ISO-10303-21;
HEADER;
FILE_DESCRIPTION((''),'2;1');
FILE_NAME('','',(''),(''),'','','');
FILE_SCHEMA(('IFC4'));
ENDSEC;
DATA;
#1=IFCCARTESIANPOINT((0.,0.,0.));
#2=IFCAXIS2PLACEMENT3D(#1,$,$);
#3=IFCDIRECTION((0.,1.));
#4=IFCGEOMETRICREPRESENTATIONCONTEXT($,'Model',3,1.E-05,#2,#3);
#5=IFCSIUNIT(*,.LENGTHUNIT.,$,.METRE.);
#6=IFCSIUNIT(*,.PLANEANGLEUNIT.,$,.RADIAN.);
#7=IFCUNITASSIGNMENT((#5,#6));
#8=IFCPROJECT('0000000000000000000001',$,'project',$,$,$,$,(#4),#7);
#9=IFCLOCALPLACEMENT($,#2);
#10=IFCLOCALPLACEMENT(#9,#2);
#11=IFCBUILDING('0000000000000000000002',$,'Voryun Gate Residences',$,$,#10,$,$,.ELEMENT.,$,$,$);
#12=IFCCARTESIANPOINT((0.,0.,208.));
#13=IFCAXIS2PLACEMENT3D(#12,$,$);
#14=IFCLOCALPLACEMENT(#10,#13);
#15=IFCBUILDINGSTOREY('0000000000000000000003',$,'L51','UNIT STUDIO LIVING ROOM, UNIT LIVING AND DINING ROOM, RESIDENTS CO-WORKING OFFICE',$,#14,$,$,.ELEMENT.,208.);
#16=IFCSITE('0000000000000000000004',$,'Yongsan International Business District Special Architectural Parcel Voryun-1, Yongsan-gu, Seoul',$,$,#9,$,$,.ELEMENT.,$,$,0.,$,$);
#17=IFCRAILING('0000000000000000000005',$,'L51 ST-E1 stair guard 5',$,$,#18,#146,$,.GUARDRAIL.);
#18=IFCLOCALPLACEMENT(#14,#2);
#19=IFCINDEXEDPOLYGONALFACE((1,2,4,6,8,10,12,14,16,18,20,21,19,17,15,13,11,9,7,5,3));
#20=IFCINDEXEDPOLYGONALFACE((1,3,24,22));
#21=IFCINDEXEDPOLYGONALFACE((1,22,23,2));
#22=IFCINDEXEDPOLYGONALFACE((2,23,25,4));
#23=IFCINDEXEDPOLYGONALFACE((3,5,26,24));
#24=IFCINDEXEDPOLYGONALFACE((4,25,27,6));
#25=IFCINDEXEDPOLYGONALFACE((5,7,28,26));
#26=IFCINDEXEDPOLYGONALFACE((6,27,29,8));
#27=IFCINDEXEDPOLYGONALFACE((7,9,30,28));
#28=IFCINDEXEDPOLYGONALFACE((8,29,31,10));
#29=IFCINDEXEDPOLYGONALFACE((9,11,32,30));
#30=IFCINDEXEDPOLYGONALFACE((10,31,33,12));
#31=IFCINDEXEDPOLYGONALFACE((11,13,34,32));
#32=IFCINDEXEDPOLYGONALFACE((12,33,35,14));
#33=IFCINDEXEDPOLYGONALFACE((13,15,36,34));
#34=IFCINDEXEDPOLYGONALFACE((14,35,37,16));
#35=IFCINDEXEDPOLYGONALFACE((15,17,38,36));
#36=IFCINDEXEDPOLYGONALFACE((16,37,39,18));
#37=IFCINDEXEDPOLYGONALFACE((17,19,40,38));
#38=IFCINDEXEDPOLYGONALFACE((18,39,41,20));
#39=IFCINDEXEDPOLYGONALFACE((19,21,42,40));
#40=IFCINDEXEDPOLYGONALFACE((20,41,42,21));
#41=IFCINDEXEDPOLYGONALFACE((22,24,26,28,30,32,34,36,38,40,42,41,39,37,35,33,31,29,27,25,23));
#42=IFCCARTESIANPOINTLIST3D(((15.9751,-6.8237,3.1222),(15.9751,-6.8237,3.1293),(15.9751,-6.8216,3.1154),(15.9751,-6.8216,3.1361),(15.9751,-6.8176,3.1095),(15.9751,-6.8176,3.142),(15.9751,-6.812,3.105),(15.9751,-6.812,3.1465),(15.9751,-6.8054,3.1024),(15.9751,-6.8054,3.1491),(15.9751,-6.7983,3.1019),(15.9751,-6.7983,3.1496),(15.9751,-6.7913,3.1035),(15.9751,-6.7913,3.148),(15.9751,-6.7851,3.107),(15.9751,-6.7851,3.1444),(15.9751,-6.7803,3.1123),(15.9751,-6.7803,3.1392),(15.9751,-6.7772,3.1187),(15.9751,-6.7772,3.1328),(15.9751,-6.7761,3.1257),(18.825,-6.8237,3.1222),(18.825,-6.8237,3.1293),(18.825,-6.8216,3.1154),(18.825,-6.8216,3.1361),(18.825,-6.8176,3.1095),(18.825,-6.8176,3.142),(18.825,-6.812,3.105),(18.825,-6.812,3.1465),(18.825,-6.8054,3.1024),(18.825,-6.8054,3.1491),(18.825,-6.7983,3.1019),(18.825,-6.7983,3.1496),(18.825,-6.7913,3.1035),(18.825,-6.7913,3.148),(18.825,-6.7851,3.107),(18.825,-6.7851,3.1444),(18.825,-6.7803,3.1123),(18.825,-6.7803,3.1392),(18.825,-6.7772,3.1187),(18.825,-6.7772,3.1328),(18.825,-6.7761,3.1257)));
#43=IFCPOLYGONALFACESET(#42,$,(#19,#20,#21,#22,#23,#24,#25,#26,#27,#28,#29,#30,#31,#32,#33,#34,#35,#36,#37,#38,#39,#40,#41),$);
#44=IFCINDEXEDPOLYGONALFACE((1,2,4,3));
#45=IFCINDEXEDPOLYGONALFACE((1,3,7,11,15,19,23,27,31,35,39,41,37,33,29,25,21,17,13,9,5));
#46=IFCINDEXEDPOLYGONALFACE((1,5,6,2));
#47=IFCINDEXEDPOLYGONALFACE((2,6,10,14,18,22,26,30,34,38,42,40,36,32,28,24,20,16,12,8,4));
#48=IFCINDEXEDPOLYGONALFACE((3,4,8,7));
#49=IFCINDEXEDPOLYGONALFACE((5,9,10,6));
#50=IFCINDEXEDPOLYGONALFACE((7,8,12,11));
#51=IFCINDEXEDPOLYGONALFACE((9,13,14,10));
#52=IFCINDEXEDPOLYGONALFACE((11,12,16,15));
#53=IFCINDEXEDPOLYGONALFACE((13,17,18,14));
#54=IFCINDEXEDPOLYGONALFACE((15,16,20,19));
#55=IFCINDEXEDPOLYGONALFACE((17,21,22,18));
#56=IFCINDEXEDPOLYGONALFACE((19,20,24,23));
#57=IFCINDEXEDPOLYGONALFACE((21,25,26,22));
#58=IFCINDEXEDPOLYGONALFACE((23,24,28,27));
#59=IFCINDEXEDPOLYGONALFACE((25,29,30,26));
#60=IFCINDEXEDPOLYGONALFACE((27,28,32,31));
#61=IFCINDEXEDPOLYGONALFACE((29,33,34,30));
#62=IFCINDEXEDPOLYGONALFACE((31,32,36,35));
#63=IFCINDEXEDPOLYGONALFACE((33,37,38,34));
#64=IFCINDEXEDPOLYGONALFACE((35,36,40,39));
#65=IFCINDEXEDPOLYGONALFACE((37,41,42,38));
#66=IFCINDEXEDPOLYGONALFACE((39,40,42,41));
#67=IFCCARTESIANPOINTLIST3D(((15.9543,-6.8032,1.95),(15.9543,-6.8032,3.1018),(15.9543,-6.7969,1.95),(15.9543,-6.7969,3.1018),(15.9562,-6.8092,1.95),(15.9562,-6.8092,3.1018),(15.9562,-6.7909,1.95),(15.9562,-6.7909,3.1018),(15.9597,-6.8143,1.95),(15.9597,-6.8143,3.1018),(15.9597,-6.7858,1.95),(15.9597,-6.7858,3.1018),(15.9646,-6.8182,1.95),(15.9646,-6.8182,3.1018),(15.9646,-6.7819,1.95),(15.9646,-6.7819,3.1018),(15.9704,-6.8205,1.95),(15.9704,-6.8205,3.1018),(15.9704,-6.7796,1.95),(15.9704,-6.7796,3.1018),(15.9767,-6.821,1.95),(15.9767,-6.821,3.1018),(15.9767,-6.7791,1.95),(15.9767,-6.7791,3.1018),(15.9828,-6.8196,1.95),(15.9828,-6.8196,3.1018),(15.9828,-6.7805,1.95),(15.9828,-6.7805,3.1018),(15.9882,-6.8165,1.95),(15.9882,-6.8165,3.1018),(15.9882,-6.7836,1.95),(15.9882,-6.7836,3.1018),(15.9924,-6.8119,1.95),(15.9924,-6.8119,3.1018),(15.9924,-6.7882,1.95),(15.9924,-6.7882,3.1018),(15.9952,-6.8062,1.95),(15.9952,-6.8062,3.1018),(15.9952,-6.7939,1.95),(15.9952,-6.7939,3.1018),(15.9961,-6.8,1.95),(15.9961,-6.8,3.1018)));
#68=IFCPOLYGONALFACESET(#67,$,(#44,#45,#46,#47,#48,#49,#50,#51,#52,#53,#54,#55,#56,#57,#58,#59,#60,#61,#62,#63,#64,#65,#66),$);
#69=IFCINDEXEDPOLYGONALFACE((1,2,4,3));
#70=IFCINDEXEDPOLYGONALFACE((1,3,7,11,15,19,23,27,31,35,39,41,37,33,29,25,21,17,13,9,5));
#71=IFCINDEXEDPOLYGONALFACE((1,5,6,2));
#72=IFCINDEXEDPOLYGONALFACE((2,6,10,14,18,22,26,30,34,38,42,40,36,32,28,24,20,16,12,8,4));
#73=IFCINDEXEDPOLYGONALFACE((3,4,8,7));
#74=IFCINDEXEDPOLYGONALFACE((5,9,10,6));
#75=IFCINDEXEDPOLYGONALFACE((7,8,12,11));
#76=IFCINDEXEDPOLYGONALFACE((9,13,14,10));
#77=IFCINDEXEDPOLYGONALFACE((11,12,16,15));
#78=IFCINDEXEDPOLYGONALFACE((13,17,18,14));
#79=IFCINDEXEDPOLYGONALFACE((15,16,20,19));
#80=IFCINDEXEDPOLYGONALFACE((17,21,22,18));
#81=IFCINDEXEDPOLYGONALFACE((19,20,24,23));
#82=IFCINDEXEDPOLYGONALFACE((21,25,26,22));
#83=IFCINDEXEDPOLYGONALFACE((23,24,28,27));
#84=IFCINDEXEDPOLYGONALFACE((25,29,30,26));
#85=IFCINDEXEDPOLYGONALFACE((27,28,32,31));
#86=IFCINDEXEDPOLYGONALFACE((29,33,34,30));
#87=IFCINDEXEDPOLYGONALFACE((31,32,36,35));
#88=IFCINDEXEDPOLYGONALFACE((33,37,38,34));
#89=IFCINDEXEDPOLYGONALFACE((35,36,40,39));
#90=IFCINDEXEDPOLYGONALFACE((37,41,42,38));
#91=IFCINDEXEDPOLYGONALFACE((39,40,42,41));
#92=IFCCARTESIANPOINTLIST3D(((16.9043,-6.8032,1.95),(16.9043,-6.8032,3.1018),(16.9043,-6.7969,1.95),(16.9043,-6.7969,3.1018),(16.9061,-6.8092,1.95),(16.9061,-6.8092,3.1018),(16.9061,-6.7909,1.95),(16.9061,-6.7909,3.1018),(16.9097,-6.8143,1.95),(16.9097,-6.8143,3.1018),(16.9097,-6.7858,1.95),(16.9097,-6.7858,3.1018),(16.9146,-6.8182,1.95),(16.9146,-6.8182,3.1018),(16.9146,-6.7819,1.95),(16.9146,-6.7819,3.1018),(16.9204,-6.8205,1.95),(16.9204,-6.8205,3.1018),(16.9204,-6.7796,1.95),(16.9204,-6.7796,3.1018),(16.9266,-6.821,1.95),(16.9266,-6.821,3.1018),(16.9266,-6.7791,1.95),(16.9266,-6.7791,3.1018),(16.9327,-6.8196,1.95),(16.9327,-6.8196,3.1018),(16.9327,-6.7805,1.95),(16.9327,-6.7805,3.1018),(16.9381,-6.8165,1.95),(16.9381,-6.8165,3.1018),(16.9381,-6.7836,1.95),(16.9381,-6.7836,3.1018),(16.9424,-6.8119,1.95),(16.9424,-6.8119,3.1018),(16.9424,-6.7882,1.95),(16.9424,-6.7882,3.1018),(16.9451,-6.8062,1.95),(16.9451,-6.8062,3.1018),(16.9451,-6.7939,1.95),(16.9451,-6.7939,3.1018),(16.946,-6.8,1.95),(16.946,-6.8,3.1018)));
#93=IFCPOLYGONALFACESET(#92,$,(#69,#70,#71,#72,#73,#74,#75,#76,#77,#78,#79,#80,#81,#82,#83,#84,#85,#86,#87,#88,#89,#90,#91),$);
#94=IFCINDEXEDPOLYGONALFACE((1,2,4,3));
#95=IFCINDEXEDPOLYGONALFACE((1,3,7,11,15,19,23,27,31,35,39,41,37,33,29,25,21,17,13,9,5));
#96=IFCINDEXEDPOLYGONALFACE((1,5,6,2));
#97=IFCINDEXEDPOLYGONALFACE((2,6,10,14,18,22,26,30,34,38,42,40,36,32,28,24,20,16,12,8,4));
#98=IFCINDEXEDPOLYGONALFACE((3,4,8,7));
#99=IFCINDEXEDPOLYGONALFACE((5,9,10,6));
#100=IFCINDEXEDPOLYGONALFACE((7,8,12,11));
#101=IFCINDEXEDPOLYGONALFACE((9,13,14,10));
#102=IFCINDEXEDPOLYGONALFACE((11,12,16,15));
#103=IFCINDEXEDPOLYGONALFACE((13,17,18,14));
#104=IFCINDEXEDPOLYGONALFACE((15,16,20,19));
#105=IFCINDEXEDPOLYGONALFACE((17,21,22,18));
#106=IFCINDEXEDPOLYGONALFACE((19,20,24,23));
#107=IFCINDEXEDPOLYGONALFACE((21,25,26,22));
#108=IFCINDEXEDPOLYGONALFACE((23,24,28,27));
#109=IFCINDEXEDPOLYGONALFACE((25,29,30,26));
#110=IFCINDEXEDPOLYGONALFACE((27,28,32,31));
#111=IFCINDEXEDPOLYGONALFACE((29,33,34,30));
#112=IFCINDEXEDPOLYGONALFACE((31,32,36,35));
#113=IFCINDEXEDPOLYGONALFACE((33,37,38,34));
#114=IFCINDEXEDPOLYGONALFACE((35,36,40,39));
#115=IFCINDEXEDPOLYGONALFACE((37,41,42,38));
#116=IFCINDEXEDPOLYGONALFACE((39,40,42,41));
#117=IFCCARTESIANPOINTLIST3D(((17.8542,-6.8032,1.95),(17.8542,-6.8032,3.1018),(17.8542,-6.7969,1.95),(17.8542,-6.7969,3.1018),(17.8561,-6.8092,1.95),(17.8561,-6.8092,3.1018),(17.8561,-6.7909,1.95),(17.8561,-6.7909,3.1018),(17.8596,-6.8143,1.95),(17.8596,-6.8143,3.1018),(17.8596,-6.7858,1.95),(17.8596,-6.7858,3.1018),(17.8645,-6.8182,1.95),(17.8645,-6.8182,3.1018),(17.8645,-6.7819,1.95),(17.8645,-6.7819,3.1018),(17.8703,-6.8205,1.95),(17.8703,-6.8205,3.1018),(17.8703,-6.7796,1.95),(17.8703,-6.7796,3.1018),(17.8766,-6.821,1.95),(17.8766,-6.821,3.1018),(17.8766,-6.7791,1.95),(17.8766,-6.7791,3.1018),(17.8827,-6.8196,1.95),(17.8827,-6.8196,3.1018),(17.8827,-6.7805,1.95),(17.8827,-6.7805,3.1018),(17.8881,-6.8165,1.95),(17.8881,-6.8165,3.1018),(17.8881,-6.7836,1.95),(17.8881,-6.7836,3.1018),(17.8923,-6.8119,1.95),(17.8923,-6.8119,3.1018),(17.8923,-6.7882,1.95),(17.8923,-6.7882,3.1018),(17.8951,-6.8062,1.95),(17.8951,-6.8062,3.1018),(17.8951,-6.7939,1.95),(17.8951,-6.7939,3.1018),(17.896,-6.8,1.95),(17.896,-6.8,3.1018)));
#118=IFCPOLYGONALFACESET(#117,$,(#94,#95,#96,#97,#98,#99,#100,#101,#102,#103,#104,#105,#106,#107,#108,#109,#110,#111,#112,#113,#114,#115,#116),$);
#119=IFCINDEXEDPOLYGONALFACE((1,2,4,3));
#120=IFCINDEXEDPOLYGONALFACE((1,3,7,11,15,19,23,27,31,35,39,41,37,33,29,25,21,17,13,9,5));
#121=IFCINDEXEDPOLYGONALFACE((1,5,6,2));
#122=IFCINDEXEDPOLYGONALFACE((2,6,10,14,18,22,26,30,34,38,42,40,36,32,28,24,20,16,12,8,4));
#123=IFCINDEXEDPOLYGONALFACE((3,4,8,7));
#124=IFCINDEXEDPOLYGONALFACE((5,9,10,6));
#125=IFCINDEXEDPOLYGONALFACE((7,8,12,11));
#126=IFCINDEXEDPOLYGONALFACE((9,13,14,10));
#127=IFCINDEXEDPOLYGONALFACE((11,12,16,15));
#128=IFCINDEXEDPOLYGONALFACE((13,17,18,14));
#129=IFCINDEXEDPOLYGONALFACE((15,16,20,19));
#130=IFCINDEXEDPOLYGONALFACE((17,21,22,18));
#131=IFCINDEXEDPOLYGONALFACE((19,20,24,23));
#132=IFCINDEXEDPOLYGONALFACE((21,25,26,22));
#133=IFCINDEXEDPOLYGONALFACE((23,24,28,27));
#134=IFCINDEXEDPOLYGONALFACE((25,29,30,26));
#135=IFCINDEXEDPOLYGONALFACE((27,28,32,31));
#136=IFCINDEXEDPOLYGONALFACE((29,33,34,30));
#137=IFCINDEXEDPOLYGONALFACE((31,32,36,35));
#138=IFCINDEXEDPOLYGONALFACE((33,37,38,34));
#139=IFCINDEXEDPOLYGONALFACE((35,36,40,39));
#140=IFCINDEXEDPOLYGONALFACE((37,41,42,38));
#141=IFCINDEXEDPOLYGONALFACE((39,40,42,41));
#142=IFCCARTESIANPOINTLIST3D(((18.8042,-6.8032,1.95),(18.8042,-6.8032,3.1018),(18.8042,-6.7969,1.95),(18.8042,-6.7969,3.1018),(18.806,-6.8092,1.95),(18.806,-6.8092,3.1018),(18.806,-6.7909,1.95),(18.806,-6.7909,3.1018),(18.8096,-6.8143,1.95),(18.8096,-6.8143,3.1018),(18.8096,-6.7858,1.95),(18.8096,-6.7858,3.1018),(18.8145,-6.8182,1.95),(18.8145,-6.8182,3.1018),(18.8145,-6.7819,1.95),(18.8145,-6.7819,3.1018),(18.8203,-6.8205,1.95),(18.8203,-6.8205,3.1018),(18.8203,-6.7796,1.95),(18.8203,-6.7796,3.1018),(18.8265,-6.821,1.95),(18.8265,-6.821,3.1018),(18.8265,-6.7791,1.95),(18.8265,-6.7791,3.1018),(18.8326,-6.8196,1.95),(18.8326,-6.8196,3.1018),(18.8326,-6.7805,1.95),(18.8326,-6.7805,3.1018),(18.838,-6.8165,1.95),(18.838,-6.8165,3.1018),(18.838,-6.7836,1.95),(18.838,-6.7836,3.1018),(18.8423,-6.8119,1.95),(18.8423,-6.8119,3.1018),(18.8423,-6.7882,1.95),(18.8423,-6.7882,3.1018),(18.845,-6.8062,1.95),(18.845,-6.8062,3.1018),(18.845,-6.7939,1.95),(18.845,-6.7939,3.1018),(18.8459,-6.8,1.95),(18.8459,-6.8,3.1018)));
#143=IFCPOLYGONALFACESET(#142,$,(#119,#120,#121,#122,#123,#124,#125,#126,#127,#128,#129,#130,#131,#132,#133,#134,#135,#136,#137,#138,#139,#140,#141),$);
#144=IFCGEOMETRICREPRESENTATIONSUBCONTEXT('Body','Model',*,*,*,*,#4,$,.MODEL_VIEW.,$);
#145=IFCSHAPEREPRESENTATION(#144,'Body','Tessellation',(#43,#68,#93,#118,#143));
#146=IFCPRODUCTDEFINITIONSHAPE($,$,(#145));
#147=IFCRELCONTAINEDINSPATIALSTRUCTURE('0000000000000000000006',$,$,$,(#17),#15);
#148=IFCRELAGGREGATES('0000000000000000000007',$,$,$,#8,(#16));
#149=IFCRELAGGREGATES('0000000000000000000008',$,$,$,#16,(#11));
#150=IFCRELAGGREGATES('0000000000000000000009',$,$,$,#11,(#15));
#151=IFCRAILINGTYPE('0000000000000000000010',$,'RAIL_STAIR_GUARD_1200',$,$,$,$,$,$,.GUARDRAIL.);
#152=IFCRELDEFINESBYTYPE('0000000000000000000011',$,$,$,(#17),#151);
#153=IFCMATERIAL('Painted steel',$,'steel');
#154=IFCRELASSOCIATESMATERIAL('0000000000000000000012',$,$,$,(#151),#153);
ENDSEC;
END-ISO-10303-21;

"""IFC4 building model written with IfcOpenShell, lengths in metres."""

from ifc_helpers import new_model, si_unit, direction, frame, origin, origin_2d, place, context, subcontext, project, spatial, circle, extrude, material, type_object, element, save


model = new_model("IFC4")

# Units and contexts
model_context = context("Model", 3, precision=1e-05, world=origin(), true_north=direction((0.0, 1.0)))
body_context = subcontext(model_context, "Body", "Model", "MODEL_VIEW")
ifc_project = project(units=[si_unit("LENGTHUNIT", "METRE"), si_unit("PLANEANGLEUNIT", "RADIAN")], contexts=[model_context])

# Site, building, storey
site_placement = place(None, origin())
site = spatial("IfcSite", under=ifc_project, at=site_placement, Name="Yongsan International Business District Special Architectural Parcel Voryun-1, Yongsan-gu, Seoul", CompositionType="ELEMENT", RefElevation=0.0)
building_placement = place(site_placement, origin())
building = spatial("IfcBuilding", under=site, at=building_placement, Name="Voryun Gate Residences", CompositionType="ELEMENT")
storey_placement = place(building_placement, frame((0.0, 0.0, 208.0)))
storey = spatial("IfcBuildingStorey", under=building, at=storey_placement, Name="L51", Description="UNIT STUDIO LIVING ROOM, UNIT LIVING AND DINING ROOM, RESIDENTS CO-WORKING OFFICE", CompositionType="ELEMENT", Elevation=208.0)

# Railing
ifc_material_1 = material(Name="Painted steel", Category="steel")
railing_type_1 = type_object("IfcRailingType", Name="RAIL_STAIR_GUARD_1200", PredefinedType="GUARDRAIL", material=ifc_material_1)
railing_1_placement = place(storey_placement, frame((15.9751, -6.8, 1.95)))
element("IfcRailing", 1, at=railing_1_placement, inside=storey, type_object=railing_type_1, Name="L51 ST-E1 stair guard 5", PredefinedType="GUARDRAIL", context=body_context, shape_type="SweptSolid", body=[
    extrude(circle(Radius=0.0239, at=origin_2d()), frame((0.0, 0.0, 1.1758), z_axis=(1.0, 0.0, 0.0), x_axis=(0.0, 1.0, 0.0)), (0.0, 0.0, 1.0), 2.8499),
    extrude(circle(Radius=0.021, at=origin_2d()), origin(), (0.0, 0.0, 1.0), 1.1519),
    extrude(circle(Radius=0.021, at=origin_2d()), frame((0.95, 0.0, 0.0)), (0.0, 0.0, 1.0), 1.1519),
    extrude(circle(Radius=0.021, at=origin_2d()), frame((1.8999, 0.0, 0.0)), (0.0, 0.0, 1.0), 1.1519),
    extrude(circle(Radius=0.021, at=origin_2d()), frame((2.8499, 0.0, 0.0)), (0.0, 0.0, 1.0), 1.1519),
])

save(model, "model.ifc")
